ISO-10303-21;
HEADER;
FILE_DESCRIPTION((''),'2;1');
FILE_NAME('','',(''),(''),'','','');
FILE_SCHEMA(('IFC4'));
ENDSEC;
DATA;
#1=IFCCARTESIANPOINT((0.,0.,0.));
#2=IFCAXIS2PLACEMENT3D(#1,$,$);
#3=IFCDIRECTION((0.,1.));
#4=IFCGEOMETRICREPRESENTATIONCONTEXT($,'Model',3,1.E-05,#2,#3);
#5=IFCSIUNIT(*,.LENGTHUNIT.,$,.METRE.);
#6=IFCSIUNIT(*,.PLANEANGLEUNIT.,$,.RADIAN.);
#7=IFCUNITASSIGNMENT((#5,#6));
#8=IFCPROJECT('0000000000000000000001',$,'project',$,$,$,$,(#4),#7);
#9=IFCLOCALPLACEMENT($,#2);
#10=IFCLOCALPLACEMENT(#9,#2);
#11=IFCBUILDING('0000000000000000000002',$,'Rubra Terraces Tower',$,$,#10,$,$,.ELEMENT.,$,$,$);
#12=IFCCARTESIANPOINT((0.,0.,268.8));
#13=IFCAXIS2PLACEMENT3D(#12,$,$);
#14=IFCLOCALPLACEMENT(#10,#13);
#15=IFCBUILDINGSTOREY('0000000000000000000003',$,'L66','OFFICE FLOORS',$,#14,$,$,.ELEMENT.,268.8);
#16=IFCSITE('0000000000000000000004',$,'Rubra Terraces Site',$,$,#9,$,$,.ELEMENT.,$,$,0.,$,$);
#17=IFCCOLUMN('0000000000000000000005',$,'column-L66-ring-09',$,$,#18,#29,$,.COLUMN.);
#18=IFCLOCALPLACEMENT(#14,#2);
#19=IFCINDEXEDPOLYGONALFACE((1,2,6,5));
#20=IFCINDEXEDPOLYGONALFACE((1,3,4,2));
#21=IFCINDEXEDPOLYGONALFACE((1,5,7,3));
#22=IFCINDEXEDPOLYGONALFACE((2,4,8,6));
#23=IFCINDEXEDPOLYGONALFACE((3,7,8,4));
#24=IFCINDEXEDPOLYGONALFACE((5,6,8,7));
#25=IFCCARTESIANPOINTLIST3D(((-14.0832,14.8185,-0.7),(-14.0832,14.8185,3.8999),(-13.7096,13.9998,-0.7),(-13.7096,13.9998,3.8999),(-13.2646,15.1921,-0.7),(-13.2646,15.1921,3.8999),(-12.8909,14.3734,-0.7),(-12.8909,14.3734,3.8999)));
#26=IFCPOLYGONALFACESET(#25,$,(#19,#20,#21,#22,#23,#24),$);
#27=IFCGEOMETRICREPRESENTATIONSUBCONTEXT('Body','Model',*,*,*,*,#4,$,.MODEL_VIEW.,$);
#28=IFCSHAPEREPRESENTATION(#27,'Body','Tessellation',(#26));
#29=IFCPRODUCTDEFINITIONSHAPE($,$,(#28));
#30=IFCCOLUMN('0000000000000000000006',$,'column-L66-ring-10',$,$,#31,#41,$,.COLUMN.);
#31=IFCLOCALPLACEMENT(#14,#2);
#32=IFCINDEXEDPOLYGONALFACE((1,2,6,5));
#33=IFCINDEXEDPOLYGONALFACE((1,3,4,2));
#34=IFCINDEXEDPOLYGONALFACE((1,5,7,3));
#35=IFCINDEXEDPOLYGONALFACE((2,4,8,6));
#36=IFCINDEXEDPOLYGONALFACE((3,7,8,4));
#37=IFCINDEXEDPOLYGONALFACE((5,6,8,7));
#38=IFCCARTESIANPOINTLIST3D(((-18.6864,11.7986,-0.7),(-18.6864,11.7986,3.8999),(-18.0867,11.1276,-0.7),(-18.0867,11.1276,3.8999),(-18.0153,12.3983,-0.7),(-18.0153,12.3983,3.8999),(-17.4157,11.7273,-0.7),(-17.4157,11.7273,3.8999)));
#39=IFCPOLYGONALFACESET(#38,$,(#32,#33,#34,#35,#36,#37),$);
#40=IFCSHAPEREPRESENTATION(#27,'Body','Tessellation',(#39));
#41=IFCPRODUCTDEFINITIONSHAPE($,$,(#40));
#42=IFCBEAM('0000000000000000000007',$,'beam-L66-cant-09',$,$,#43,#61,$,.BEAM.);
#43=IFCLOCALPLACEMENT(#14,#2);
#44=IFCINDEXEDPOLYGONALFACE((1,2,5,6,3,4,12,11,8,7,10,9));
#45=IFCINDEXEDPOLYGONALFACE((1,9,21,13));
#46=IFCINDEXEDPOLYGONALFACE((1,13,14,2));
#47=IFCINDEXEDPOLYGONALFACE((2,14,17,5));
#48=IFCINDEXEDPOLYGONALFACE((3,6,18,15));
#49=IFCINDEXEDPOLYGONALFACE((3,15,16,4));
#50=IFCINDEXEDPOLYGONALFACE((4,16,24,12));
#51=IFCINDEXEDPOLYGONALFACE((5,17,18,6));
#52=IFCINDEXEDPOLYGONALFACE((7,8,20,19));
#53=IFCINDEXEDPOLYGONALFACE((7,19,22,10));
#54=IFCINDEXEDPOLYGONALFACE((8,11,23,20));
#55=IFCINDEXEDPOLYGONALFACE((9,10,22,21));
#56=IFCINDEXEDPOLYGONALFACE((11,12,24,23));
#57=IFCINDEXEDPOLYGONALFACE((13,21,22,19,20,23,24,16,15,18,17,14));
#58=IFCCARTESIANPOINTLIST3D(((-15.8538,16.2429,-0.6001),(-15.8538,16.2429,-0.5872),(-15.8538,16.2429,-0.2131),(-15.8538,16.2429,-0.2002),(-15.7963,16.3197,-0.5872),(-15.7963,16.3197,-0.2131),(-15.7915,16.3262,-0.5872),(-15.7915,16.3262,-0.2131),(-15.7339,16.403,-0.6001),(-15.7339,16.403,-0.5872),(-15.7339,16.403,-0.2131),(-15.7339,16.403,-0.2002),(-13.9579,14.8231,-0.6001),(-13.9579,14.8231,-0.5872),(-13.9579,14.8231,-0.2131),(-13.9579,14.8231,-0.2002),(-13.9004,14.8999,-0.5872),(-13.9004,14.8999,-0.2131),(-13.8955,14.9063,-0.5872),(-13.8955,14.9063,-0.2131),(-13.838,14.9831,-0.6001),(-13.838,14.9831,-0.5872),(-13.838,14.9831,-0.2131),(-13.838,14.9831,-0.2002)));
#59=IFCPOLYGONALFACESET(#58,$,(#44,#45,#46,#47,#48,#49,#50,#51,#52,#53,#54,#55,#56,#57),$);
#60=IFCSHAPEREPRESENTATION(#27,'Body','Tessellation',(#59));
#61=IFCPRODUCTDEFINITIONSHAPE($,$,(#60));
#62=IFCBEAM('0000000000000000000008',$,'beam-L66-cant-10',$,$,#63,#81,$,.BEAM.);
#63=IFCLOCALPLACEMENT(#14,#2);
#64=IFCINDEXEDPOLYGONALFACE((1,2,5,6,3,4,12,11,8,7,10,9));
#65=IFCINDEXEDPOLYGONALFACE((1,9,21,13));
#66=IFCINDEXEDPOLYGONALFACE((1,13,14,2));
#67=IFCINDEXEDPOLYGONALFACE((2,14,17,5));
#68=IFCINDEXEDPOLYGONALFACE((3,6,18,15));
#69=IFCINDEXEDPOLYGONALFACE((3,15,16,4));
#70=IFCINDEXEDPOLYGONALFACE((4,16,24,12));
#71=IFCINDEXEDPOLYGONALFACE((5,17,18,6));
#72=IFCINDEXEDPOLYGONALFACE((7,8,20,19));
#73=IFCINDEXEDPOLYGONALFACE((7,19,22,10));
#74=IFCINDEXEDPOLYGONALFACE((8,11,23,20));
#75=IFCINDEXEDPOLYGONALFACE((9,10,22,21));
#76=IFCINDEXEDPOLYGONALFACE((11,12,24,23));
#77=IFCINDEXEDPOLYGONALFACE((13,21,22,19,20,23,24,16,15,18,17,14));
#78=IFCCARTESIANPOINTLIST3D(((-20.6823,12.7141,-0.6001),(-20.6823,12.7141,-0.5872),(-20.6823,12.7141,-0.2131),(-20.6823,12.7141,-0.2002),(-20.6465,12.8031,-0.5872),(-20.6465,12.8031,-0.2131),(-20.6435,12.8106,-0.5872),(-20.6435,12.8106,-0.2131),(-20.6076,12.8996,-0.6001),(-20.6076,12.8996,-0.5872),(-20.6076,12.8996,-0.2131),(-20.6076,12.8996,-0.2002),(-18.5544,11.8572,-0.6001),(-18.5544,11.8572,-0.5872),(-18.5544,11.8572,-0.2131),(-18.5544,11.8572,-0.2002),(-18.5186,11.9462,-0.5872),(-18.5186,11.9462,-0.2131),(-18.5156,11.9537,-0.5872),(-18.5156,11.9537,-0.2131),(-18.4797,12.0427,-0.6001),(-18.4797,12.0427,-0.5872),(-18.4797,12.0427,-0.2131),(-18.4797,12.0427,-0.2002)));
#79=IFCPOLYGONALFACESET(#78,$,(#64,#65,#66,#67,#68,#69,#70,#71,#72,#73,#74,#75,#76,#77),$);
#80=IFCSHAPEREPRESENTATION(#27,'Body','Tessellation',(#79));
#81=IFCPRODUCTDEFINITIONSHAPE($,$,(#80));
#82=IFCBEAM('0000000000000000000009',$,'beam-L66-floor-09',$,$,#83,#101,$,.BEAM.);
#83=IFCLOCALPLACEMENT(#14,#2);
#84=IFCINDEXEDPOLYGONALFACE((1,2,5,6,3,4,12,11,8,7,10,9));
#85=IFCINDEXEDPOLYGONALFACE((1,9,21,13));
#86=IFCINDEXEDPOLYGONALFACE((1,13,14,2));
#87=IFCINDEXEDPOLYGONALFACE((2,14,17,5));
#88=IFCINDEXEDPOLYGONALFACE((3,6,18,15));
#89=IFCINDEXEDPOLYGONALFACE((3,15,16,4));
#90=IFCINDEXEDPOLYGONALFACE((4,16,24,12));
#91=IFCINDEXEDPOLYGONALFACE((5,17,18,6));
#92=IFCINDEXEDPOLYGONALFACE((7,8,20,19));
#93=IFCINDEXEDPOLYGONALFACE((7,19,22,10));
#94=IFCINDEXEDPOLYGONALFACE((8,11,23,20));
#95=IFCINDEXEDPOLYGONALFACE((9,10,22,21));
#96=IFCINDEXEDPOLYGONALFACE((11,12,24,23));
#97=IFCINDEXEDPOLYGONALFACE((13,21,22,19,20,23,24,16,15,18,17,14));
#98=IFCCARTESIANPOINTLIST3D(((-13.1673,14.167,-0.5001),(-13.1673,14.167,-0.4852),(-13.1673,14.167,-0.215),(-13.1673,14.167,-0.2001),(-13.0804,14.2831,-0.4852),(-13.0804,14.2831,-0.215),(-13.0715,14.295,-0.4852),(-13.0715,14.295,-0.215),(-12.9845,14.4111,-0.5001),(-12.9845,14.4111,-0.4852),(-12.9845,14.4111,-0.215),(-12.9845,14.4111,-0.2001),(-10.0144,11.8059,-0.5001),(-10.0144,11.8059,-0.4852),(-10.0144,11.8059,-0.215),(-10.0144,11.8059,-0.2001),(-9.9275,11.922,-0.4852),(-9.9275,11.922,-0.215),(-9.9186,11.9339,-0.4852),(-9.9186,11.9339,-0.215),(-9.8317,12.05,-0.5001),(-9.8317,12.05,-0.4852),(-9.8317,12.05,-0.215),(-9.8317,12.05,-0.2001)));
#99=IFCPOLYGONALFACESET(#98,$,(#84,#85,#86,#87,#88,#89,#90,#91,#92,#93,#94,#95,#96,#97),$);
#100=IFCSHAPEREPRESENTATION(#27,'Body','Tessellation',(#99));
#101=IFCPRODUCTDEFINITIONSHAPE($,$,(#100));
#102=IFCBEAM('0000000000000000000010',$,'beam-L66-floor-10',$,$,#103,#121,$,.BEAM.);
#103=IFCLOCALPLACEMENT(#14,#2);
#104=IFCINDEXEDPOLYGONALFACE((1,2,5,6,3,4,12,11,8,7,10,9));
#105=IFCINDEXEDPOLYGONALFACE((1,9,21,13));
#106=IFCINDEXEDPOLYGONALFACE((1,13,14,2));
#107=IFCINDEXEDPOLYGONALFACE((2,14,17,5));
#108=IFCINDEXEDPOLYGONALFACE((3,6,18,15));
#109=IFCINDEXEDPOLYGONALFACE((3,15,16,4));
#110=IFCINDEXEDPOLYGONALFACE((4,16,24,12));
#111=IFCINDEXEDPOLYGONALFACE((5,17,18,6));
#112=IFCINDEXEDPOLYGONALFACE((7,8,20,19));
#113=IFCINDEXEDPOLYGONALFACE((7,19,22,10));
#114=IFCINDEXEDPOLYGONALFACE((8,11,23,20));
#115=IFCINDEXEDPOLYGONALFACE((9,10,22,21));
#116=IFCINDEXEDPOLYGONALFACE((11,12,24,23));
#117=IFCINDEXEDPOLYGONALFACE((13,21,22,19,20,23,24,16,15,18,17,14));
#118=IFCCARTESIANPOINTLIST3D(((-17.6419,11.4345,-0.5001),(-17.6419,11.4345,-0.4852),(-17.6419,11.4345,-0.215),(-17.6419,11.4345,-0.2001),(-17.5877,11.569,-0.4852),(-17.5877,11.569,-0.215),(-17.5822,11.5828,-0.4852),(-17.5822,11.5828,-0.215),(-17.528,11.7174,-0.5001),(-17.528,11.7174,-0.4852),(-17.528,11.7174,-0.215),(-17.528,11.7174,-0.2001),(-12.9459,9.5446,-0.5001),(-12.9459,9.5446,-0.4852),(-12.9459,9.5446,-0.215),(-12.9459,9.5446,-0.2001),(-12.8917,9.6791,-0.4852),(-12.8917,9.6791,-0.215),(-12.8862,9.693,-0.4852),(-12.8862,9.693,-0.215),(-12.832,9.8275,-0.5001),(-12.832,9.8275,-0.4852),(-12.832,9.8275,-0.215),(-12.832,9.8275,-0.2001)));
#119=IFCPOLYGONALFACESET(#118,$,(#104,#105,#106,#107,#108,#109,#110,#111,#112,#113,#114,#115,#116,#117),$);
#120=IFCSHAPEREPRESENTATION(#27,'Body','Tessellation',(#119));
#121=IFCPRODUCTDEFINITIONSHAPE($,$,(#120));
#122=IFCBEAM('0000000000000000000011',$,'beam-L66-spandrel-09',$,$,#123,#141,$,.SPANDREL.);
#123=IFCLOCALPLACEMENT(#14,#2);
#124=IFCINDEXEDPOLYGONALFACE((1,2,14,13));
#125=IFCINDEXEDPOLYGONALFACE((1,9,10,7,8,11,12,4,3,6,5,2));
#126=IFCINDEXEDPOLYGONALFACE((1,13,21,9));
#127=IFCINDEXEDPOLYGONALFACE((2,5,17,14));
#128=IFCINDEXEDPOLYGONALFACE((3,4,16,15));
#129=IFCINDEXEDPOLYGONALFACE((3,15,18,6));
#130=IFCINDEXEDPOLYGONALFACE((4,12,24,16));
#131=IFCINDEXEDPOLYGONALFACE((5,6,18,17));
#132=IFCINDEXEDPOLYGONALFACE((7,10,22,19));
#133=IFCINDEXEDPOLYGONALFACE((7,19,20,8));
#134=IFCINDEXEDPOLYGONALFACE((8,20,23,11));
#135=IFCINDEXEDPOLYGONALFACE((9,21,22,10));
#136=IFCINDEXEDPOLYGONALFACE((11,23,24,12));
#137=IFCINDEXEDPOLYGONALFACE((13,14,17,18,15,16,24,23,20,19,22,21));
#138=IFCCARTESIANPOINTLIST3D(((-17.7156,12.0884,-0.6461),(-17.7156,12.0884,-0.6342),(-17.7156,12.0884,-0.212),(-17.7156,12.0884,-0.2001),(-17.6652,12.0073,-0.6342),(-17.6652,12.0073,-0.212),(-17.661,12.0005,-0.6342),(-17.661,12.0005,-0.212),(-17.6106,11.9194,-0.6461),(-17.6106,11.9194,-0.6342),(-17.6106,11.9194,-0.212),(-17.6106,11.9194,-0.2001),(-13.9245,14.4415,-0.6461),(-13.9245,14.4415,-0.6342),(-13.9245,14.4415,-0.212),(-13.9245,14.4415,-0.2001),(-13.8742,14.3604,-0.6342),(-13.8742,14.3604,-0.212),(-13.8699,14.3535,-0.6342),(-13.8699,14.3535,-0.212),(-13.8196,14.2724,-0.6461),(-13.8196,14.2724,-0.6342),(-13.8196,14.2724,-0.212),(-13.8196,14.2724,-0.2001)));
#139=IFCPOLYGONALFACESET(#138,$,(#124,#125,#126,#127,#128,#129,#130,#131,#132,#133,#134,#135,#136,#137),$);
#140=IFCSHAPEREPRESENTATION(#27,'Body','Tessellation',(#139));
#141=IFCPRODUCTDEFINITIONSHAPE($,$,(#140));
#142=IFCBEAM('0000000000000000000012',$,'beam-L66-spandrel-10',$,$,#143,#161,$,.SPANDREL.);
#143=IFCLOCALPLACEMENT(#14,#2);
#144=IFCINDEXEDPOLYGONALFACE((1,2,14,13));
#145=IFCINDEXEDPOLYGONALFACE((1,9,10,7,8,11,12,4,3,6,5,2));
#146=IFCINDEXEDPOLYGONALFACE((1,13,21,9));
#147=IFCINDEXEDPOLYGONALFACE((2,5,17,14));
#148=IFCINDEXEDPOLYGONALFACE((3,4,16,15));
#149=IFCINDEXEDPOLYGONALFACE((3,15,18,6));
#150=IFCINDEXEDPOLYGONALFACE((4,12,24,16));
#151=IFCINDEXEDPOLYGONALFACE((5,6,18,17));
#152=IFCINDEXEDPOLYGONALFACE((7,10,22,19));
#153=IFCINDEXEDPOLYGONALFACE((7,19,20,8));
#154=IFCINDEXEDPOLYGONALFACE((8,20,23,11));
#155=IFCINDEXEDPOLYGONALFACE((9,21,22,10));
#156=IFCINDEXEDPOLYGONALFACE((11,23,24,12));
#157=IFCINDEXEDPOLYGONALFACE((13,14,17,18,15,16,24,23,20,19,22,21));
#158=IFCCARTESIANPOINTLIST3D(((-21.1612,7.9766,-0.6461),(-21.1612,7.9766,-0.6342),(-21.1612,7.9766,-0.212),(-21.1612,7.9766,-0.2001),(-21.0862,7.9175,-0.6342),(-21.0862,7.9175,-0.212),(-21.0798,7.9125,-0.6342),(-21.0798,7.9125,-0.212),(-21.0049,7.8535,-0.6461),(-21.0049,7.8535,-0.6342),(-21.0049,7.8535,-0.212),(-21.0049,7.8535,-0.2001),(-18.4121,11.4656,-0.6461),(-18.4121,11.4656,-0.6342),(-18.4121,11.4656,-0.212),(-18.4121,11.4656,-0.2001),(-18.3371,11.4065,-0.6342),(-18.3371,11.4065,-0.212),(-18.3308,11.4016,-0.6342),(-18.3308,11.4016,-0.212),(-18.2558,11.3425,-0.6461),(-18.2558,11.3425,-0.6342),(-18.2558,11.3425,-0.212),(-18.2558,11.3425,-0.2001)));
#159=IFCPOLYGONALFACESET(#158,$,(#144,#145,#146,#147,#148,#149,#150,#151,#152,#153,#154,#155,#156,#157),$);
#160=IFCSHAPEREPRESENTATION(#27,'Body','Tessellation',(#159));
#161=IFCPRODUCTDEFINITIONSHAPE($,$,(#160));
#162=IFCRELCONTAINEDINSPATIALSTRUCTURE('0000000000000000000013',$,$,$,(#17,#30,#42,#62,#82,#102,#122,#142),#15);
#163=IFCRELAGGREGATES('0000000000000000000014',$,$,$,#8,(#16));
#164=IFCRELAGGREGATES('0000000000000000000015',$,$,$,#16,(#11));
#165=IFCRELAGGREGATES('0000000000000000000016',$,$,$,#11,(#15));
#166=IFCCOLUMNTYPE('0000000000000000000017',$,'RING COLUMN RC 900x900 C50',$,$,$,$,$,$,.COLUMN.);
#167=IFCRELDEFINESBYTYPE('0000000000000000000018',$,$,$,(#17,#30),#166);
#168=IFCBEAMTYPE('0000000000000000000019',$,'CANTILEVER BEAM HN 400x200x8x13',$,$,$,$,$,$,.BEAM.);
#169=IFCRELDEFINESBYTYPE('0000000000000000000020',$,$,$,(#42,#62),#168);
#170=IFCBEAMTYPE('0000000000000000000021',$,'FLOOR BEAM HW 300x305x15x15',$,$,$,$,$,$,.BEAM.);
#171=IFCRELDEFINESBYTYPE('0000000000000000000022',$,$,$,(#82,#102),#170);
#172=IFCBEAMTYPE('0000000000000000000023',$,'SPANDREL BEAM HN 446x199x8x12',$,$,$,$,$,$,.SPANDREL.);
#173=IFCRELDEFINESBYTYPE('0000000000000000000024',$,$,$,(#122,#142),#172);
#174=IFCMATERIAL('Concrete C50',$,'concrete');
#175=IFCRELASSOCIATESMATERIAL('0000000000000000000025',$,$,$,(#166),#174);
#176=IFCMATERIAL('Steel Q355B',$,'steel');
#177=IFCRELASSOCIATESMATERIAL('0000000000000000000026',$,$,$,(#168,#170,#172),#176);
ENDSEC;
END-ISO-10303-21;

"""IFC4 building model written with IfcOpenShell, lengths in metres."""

from ifc_helpers import new_model, si_unit, direction, frame, origin, origin_2d, place, context, subcontext, project, spatial, rectangle, i_section, extrude, material, material_profile, profile_set, type_object, element, save


model = new_model("IFC4")

# Units and contexts
model_context = context("Model", 3, precision=1e-05, world=origin(), true_north=direction((0.0, 1.0)))
body_context = subcontext(model_context, "Body", "Model", "MODEL_VIEW")
ifc_project = project(units=[si_unit("LENGTHUNIT", "METRE"), si_unit("PLANEANGLEUNIT", "RADIAN")], contexts=[model_context])

# Site, building, storey
site_placement = place(None, origin())
site = spatial("IfcSite", under=ifc_project, at=site_placement, Name="Rubra Terraces Site", CompositionType="ELEMENT", RefElevation=0.0)
building_placement = place(site_placement, origin())
building = spatial("IfcBuilding", under=site, at=building_placement, Name="Rubra Terraces Tower", CompositionType="ELEMENT")
storey_placement = place(building_placement, frame((0.0, 0.0, 268.8)))
storey = spatial("IfcBuildingStorey", under=building, at=storey_placement, Name="L66", Description="OFFICE FLOORS", CompositionType="ELEMENT", Elevation=268.8)

# Columns
ifc_material_1 = material(Name="Concrete C50", Category="concrete")
ifc_material_profile_1 = material_profile(ifc_material_1, rectangle(XDim=0.8999, YDim=0.8999, at=origin_2d()), Name="RC 900x900")
ifc_profile_set_1 = profile_set([ifc_material_profile_1], Name="Concrete C50")
column_type = type_object("IfcColumnType", Name="RING COLUMN RC 900x900 C50", PredefinedType="COLUMN", material=ifc_profile_set_1)
for number, where, z_axis, x_axis, name in (
    (1, (-13.4871, 14.5959, -0.7), (0.0, 0.0, 1.0), (-0.909726, -0.415208, 0.0), "column-L66-ring-09"),
    (2, (-18.051, 11.7629, -0.7), (0.0, 0.0, 1.0), (-0.745642, -0.666347, 0.0), "column-L66-ring-10"),
):
    element("IfcColumn", number, at=place(storey_placement, frame(where, z_axis=z_axis, x_axis=x_axis)), inside=storey, type_object=column_type, Name=name, PredefinedType="COLUMN", context=body_context, shape_type="SweptSolid", body=[
        extrude(rectangle(XDim=0.8999, YDim=0.8999, at=origin_2d()), origin(), (0.0, 0.0, 1.0), 4.5999),
    ])

# Beams
ifc_material_2 = material(Name="Steel Q355B", Category="steel")
ifc_material_profile_2 = material_profile(ifc_material_2, i_section(OverallWidth=0.2, OverallDepth=0.3999, WebThickness=0.0081, FlangeThickness=0.0129, at=origin_2d()), Name="HN 400x200x8x13")
ifc_profile_set_2 = profile_set([ifc_material_profile_2], Name="Steel Q355B")
beam_type_1 = type_object("IfcBeamType", Name="CANTILEVER BEAM HN 400x200x8x13", PredefinedType="BEAM", material=ifc_profile_set_2)
beam_1_placement = place(storey_placement, frame((-13.8979, 14.9031, -0.4001), z_axis=(-0.80042, 0.599439, 0.0), x_axis=(-0.599439, -0.80042, 0.0)))
element("IfcBeam", 3, at=beam_1_placement, inside=storey, type_object=beam_type_1, Name="beam-L66-cant-09", PredefinedType="BEAM", context=body_context, shape_type="SweptSolid", body=[
    extrude(i_section(OverallWidth=0.2, OverallDepth=0.3999, WebThickness=0.0081, FlangeThickness=0.0129, at=origin_2d()), origin(), (0.0, 0.0, 1.0), 2.3687),
])
beam_2_placement = place(storey_placement, frame((-18.5171, 11.95, -0.4001), z_axis=(-0.927608, 0.373555, 0.0), x_axis=(-0.373555, -0.927608, 0.0)))
element("IfcBeam", 4, at=beam_2_placement, inside=storey, type_object=beam_type_1, Name="beam-L66-cant-10", PredefinedType="BEAM", context=body_context, shape_type="SweptSolid", body=[
    extrude(i_section(OverallWidth=0.2, OverallDepth=0.3999, WebThickness=0.0081, FlangeThickness=0.0129, at=origin_2d()), origin(), (0.0, 0.0, 1.0), 2.2939),
])
ifc_material_profile_3 = material_profile(ifc_material_2, i_section(OverallWidth=0.3049, OverallDepth=0.3, WebThickness=0.0149, FlangeThickness=0.0149, at=origin_2d()), Name="HW 300x305x15x15")
ifc_profile_set_3 = profile_set([ifc_material_profile_3], Name="Steel Q355B")
beam_type_2 = type_object("IfcBeamType", Name="FLOOR BEAM HW 300x305x15x15", PredefinedType="BEAM", material=ifc_profile_set_3)
beam_3_placement = place(storey_placement, frame((-13.0759, 14.2891, -0.3501), z_axis=(0.800431, -0.599425, 0.0), x_axis=(0.599425, 0.800431, 0.0)))
element("IfcBeam", 5, at=beam_3_placement, inside=storey, type_object=beam_type_2, Name="beam-L66-floor-09", PredefinedType="BEAM", context=body_context, shape_type="SweptSolid", body=[
    extrude(i_section(OverallWidth=0.3049, OverallDepth=0.3, WebThickness=0.0149, FlangeThickness=0.0149, at=origin_2d()), origin(), (0.0, 0.0, 1.0), 3.939),
])
beam_4_placement = place(storey_placement, frame((-17.585, 11.5759, -0.3501), z_axis=(0.927693, -0.373344, 0.0), x_axis=(0.373344, 0.927693, 0.0)))
element("IfcBeam", 6, at=beam_4_placement, inside=storey, type_object=beam_type_2, Name="beam-L66-floor-10", PredefinedType="BEAM", context=body_context, shape_type="SweptSolid", body=[
    extrude(i_section(OverallWidth=0.3049, OverallDepth=0.3, WebThickness=0.0149, FlangeThickness=0.0149, at=origin_2d()), origin(), (0.0, 0.0, 1.0), 5.062),
])
ifc_material_profile_4 = material_profile(ifc_material_2, i_section(OverallWidth=0.199, OverallDepth=0.446, WebThickness=0.0081, FlangeThickness=0.012, at=origin_2d()), Name="HN 446x199x8x12")
ifc_profile_set_4 = profile_set([ifc_material_profile_4], Name="Steel Q355B")
beam_type_3 = type_object("IfcBeamType", Name="SPANDREL BEAM HN 446x199x8x12", PredefinedType="SPANDREL", material=ifc_profile_set_4)
beam_5_placement = place(storey_placement, frame((-13.8721, 14.3569, -0.4231), z_axis=(-0.849642, -0.52736, 0.0), x_axis=(0.52736, -0.849642, 0.0)))
element("IfcBeam", 7, at=beam_5_placement, inside=storey, type_object=beam_type_3, Name="beam-L66-spandrel-09", PredefinedType="SPANDREL", context=body_context, shape_type="SweptSolid", body=[
    extrude(i_section(OverallWidth=0.199, OverallDepth=0.446, WebThickness=0.0081, FlangeThickness=0.012, at=origin_2d()), origin(), (0.0, 0.0, 1.0), 4.4619),
])
beam_6_placement = place(storey_placement, frame((-18.334, 11.4041, -0.4231), z_axis=(-0.618887, -0.78548, 0.0), x_axis=(0.78548, -0.618887, 0.0)))
element("IfcBeam", 8, at=beam_6_placement, inside=storey, type_object=beam_type_3, Name="beam-L66-spandrel-10", PredefinedType="SPANDREL", context=body_context, shape_type="SweptSolid", body=[
    extrude(i_section(OverallWidth=0.199, OverallDepth=0.446, WebThickness=0.0081, FlangeThickness=0.012, at=origin_2d()), origin(), (0.0, 0.0, 1.0), 4.4419),
])

save(model, "model.ifc")
